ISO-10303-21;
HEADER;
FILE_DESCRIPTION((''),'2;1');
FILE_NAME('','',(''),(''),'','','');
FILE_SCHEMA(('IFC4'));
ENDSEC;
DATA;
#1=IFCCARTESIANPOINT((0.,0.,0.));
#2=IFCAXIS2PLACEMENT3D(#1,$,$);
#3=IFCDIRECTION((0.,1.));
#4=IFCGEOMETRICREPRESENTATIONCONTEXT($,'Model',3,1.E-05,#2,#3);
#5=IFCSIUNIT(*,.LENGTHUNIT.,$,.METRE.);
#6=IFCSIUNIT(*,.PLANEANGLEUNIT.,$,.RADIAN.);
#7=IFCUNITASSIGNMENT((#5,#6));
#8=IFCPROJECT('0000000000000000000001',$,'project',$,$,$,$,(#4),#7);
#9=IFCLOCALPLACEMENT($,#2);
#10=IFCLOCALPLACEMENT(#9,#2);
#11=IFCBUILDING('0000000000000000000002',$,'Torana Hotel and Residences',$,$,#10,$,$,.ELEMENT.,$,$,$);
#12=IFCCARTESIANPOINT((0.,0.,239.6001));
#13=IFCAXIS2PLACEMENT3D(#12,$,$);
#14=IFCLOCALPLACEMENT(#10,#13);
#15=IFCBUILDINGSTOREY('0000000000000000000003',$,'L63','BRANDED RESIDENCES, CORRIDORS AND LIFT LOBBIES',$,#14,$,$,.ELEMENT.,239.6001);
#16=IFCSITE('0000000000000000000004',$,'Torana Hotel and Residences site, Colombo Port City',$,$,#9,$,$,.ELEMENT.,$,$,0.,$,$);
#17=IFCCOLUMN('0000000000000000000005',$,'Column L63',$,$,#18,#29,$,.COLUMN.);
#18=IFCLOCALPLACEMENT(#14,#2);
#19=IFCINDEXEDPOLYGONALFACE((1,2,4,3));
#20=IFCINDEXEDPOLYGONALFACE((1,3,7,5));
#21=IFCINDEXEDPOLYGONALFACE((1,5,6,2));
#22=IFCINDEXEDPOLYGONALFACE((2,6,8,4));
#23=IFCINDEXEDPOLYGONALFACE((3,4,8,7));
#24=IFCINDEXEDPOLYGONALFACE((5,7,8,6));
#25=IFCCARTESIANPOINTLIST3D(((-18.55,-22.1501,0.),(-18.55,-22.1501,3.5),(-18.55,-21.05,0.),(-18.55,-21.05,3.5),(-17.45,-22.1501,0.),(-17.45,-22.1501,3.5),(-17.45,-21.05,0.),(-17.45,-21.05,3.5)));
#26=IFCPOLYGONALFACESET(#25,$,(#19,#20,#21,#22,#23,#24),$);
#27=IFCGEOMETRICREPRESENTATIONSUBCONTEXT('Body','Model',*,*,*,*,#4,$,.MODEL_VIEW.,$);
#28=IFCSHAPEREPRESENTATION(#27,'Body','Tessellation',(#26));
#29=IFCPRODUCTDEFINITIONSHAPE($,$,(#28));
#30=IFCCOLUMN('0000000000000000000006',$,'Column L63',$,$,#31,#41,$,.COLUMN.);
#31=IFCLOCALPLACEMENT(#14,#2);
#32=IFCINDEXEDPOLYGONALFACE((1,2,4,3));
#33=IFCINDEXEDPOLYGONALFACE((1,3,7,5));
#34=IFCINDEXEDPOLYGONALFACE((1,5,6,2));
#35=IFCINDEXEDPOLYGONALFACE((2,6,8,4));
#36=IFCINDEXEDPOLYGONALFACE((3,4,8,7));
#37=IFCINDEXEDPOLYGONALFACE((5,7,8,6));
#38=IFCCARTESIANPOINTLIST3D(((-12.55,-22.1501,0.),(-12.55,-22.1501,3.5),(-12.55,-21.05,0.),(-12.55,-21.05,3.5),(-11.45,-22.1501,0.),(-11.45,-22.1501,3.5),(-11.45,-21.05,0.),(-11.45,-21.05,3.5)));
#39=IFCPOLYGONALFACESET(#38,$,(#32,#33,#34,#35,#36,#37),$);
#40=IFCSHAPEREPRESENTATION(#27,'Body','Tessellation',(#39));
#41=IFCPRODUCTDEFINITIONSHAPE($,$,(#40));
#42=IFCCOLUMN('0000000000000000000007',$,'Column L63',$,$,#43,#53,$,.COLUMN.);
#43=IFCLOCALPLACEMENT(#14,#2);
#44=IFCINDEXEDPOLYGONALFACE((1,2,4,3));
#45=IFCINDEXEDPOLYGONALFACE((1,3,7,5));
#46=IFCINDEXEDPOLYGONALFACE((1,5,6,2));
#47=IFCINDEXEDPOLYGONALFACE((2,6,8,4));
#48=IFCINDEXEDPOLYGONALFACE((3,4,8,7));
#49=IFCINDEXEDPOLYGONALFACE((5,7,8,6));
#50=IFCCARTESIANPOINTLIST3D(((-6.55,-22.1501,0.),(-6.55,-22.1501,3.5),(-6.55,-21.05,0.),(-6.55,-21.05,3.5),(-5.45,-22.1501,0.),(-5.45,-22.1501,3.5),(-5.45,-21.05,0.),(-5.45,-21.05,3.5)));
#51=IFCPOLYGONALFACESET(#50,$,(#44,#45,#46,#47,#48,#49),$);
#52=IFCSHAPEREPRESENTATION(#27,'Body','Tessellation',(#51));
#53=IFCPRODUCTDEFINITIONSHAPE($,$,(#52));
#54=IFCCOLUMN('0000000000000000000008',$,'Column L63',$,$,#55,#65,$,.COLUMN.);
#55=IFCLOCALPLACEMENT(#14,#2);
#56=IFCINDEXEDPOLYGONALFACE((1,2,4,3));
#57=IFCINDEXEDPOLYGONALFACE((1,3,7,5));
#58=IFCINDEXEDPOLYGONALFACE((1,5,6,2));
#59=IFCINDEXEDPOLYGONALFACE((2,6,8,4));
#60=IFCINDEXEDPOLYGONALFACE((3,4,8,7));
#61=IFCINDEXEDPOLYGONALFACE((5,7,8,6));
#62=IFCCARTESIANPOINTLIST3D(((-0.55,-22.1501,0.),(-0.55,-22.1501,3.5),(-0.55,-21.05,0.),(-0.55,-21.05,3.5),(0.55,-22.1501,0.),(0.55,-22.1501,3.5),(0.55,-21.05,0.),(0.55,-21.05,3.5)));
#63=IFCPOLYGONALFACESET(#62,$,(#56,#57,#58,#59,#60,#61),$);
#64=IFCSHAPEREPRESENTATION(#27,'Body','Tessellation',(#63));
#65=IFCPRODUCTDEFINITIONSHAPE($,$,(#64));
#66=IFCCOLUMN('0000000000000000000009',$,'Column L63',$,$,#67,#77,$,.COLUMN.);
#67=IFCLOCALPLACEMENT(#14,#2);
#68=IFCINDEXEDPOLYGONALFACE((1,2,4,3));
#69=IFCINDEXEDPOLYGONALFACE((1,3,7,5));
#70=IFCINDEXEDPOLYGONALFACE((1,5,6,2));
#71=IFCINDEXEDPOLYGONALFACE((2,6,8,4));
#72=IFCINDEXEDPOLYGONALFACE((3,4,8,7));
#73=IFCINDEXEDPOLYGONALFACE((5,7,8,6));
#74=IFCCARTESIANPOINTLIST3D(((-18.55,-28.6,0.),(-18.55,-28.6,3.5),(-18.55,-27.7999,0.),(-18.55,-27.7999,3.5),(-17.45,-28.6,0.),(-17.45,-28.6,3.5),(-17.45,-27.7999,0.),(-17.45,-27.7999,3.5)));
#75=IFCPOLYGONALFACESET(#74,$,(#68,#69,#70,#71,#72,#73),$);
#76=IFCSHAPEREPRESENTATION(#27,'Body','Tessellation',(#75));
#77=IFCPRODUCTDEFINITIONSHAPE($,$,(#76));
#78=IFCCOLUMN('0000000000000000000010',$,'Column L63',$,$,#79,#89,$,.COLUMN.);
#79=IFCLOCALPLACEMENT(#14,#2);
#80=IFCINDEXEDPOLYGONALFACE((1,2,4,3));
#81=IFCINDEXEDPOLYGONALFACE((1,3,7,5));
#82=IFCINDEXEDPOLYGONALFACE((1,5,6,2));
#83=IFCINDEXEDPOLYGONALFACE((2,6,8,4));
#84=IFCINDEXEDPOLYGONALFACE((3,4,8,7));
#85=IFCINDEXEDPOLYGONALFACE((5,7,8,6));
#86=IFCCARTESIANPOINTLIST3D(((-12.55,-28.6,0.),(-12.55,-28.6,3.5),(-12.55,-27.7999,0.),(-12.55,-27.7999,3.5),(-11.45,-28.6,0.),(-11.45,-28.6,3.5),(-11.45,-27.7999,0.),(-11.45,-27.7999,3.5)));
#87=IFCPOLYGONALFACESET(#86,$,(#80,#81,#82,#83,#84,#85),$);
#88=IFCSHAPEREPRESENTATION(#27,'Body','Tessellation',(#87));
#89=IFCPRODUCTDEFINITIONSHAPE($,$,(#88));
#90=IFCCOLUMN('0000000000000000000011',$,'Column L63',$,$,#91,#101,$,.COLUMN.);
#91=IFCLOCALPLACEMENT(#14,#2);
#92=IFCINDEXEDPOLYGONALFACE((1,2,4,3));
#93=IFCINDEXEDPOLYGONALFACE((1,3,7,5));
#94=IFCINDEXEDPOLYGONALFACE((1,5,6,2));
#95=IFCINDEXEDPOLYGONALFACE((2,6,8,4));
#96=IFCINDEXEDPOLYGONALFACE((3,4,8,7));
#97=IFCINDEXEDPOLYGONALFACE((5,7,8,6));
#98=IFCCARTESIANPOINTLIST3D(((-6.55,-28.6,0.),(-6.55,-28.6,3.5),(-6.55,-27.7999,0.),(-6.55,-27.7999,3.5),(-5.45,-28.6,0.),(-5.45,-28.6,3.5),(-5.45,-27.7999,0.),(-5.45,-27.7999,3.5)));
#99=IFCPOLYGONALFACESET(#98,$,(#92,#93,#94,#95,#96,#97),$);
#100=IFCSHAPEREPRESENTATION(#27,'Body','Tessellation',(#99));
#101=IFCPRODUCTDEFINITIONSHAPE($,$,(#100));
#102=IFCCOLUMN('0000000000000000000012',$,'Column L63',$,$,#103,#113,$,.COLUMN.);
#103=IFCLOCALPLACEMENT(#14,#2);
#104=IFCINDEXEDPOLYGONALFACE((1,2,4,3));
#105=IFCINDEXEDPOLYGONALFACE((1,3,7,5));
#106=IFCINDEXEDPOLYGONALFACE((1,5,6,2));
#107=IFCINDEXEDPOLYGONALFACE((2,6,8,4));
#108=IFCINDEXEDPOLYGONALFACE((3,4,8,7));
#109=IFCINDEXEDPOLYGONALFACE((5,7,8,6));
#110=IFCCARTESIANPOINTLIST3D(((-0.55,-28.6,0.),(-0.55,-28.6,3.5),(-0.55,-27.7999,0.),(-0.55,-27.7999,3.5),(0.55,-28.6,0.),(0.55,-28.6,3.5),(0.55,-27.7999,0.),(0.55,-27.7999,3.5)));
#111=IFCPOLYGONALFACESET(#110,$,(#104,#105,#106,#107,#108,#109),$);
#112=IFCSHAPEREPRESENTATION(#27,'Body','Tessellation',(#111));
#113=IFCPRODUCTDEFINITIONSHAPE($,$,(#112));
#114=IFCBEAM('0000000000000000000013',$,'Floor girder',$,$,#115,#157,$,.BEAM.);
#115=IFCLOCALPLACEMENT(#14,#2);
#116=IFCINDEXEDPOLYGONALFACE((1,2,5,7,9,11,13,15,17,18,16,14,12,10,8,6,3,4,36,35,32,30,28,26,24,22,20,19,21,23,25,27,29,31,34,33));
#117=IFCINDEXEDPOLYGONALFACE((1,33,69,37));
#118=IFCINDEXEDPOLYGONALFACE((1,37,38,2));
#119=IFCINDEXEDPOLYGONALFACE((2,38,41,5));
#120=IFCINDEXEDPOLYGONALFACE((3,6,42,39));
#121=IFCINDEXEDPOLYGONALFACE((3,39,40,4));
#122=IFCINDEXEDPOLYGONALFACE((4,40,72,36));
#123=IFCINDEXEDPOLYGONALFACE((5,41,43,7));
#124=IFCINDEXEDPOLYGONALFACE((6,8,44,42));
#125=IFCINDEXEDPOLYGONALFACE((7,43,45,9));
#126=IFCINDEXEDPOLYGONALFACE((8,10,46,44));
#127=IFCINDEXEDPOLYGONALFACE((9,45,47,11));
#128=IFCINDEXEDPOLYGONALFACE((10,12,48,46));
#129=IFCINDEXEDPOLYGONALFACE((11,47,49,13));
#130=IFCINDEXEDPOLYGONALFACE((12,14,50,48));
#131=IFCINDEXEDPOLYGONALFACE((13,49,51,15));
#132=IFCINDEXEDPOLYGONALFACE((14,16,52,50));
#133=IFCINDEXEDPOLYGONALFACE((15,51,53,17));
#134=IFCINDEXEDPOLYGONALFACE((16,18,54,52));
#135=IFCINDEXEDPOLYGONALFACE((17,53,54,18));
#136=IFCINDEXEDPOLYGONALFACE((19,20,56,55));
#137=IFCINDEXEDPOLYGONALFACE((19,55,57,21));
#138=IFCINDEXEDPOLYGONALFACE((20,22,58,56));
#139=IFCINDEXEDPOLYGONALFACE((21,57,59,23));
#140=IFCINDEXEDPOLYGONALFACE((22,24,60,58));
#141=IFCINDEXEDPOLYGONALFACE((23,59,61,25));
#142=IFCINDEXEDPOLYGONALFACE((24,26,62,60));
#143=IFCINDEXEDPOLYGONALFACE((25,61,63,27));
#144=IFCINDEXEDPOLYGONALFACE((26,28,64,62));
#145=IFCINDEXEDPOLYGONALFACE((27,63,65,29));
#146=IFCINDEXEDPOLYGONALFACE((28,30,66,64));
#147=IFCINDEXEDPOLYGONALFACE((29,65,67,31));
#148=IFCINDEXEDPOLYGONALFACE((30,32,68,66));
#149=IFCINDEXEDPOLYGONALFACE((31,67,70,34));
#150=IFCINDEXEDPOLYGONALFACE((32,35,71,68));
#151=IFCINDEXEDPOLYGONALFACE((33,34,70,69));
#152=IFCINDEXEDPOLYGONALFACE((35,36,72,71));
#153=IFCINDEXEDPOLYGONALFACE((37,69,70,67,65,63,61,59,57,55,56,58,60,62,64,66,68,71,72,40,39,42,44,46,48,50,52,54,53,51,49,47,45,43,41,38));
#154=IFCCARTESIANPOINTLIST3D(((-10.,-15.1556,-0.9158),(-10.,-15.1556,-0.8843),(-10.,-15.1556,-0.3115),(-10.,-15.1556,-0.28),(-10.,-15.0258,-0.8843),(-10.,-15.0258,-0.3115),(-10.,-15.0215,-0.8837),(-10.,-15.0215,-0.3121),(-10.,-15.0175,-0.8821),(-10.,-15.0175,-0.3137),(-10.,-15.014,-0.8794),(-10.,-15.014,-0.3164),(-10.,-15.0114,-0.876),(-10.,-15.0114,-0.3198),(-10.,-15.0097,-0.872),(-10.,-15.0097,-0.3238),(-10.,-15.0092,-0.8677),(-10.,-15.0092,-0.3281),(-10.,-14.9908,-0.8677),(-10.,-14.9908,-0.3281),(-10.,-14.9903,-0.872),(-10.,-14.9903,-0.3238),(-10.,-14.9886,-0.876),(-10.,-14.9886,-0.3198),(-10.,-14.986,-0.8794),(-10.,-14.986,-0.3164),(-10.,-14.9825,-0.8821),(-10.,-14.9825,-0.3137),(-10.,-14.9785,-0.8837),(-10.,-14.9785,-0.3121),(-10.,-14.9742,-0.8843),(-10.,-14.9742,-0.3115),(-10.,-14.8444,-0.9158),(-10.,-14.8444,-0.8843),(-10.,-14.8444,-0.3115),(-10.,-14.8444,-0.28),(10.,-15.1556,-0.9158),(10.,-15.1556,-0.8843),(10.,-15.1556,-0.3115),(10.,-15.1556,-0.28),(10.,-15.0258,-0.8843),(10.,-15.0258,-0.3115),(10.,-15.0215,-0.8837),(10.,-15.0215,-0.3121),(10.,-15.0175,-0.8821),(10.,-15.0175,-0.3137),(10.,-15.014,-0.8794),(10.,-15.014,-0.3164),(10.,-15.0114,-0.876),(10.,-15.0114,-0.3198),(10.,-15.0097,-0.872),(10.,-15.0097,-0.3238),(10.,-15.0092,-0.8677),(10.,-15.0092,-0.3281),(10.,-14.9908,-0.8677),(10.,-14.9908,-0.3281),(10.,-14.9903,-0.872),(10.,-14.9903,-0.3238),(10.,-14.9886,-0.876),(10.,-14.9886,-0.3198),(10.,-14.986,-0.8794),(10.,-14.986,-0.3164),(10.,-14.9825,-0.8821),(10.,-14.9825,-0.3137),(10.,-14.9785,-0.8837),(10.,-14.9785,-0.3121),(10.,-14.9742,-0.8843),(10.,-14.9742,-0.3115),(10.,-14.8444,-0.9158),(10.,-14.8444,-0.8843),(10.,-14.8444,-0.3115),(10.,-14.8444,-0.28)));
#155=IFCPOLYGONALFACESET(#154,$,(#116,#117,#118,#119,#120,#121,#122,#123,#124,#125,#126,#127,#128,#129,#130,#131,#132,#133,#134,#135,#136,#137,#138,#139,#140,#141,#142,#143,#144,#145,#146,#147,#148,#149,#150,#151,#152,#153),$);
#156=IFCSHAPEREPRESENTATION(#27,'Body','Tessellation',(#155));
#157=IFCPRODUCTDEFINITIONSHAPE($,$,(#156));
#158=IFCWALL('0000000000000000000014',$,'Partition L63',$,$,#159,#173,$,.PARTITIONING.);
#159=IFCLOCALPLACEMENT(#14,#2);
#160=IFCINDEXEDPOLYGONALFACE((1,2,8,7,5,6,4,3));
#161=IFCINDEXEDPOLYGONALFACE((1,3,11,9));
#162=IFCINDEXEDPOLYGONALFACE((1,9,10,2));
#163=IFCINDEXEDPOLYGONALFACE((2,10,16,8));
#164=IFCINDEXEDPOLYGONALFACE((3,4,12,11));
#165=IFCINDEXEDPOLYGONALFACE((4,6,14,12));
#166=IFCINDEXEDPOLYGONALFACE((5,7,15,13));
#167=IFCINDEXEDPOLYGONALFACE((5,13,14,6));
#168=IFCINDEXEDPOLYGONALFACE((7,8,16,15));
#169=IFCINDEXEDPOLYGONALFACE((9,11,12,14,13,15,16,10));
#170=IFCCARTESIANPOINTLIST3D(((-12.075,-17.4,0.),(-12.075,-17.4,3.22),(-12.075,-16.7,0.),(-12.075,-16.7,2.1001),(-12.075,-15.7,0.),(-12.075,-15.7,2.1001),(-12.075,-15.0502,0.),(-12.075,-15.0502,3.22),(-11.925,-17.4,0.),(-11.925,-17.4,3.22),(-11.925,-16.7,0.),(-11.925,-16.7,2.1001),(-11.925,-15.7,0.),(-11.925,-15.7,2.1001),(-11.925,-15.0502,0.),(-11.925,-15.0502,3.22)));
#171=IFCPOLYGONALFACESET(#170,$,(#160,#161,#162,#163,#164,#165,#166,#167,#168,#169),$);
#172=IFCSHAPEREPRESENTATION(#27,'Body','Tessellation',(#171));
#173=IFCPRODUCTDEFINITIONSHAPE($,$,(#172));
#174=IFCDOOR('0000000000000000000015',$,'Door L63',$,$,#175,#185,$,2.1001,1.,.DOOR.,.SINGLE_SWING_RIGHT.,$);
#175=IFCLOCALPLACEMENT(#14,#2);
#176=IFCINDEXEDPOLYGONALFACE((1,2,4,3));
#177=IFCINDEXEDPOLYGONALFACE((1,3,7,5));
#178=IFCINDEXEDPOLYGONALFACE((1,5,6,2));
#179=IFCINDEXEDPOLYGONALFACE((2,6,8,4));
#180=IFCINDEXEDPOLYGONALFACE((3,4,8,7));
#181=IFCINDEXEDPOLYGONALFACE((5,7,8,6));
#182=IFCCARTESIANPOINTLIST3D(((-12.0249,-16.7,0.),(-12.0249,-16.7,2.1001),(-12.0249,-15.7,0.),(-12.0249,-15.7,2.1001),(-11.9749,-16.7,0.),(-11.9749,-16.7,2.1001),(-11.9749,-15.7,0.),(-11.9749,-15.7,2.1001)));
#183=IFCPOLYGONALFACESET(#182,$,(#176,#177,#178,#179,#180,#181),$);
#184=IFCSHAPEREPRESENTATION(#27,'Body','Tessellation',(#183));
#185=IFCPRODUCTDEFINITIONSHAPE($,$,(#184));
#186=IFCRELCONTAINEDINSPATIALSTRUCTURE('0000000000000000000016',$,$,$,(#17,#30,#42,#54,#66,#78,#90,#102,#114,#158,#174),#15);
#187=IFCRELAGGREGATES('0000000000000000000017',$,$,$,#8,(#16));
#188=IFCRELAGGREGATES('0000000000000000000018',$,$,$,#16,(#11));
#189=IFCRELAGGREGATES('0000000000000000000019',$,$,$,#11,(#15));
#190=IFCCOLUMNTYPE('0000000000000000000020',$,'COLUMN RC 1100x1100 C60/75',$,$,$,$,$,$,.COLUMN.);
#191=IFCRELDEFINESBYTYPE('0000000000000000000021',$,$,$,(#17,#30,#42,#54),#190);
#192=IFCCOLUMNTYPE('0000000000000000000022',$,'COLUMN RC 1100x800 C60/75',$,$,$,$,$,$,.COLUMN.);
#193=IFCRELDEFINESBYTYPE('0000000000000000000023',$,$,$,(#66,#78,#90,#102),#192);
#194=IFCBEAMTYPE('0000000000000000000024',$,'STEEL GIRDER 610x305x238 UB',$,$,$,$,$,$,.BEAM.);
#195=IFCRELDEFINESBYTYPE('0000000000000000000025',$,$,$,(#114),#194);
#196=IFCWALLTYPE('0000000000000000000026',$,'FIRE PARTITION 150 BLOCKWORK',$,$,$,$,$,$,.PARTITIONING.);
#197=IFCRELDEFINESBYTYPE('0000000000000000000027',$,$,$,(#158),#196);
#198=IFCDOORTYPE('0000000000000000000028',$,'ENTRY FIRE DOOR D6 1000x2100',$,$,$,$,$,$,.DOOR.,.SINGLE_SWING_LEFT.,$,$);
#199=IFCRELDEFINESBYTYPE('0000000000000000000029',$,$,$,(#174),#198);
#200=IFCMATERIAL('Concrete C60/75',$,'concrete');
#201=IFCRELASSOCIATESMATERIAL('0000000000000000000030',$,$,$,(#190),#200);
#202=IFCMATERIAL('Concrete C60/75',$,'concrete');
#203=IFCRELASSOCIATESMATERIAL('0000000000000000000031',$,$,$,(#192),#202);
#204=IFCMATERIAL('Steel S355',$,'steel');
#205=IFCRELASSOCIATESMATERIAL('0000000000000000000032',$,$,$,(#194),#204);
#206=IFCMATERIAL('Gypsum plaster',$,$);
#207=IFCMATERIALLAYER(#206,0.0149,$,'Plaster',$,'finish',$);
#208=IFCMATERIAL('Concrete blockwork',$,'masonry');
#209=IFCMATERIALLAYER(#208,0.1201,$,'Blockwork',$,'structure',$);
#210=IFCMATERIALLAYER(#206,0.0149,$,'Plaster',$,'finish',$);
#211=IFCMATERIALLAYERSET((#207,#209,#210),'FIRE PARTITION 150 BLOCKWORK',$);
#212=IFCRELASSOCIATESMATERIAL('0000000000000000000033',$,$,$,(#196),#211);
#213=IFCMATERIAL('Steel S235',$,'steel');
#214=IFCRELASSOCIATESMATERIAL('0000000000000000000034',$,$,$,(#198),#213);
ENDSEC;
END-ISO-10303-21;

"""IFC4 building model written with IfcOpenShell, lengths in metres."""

from ifc_helpers import new_model, si_unit, direction, frame, frame_2d, origin, origin_2d, place, context, subcontext, project, spatial, rectangle, i_section, extrude, material, layer, layer_set, material_profile, profile_set, type_object, element, fill, save


model = new_model("IFC4")

# Units and contexts
model_context = context("Model", 3, precision=1e-05, world=origin(), true_north=direction((0.0, 1.0)))
body_context = subcontext(model_context, "Body", "Model", "MODEL_VIEW")
ifc_project = project(units=[si_unit("LENGTHUNIT", "METRE"), si_unit("PLANEANGLEUNIT", "RADIAN")], contexts=[model_context])

# Site, building, storey
site_placement = place(None, origin())
site = spatial("IfcSite", under=ifc_project, at=site_placement, Name="Torana Hotel and Residences site, Colombo Port City", CompositionType="ELEMENT", RefElevation=0.0)
building_placement = place(site_placement, origin())
building = spatial("IfcBuilding", under=site, at=building_placement, Name="Torana Hotel and Residences", CompositionType="ELEMENT")
storey_placement = place(building_placement, frame((0.0, 0.0, 239.6001)))
storey = spatial("IfcBuildingStorey", under=building, at=storey_placement, Name="L63", Description="BRANDED RESIDENCES, CORRIDORS AND LIFT LOBBIES", CompositionType="ELEMENT", Elevation=239.6001)

# Columns
ifc_material_1 = material(Name="Concrete C60/75", Category="concrete")
ifc_material_profile_1 = material_profile(ifc_material_1, rectangle(XDim=1.1001, YDim=1.1001, at=origin_2d()), Name="RC 1100x1100")
ifc_profile_set_1 = profile_set([ifc_material_profile_1], Name="Concrete C60/75")
column_type_1 = type_object("IfcColumnType", Name="COLUMN RC 1100x1100 C60/75", PredefinedType="COLUMN", material=ifc_profile_set_1)
for number, where, z_axis, x_axis, name in (
    (1, (-18.0, -21.6001, 0.0), (0.0, 0.0, 1.0), (1.0, 0.0, 0.0), "Column L63"),
    (2, (-12.0, -21.6001, 0.0), (0.0, 0.0, 1.0), (1.0, 0.0, 0.0), "Column L63"),
    (3, (-6.0, -21.6001, 0.0), (0.0, 0.0, 1.0), (1.0, 0.0, 0.0), "Column L63"),
    (4, (0.0, -21.6001, 0.0), (0.0, 0.0, 1.0), (1.0, 0.0, 0.0), "Column L63"),
):
    element("IfcColumn", number, at=place(storey_placement, frame(where, z_axis=z_axis, x_axis=x_axis)), inside=storey, type_object=column_type_1, Name=name, PredefinedType="COLUMN", context=body_context, shape_type="SweptSolid", body=[
        extrude(rectangle(XDim=1.1001, YDim=1.1001, at=origin_2d()), origin(), (0.0, 0.0, 1.0), 3.5),
    ])
ifc_material_2 = material(Name="Concrete C60/75", Category="concrete")
ifc_material_profile_2 = material_profile(ifc_material_2, rectangle(XDim=1.1001, YDim=0.8, at=origin_2d()), Name="RC 1100x800")
ifc_profile_set_2 = profile_set([ifc_material_profile_2], Name="Concrete C60/75")
column_type_2 = type_object("IfcColumnType", Name="COLUMN RC 1100x800 C60/75", PredefinedType="COLUMN", material=ifc_profile_set_2)
for number, where, z_axis, x_axis, name in (
    (5, (-18.0, -28.2, 0.0), (0.0, 0.0, 1.0), (1.0, 0.0, 0.0), "Column L63"),
    (6, (-12.0, -28.2, 0.0), (0.0, 0.0, 1.0), (1.0, 0.0, 0.0), "Column L63"),
    (7, (-6.0, -28.2, 0.0), (0.0, 0.0, 1.0), (1.0, 0.0, 0.0), "Column L63"),
    (8, (0.0, -28.2, 0.0), (0.0, 0.0, 1.0), (1.0, 0.0, 0.0), "Column L63"),
):
    element("IfcColumn", number, at=place(storey_placement, frame(where, z_axis=z_axis, x_axis=x_axis)), inside=storey, type_object=column_type_2, Name=name, PredefinedType="COLUMN", context=body_context, shape_type="SweptSolid", body=[
        extrude(rectangle(XDim=1.1001, YDim=0.8, at=origin_2d()), origin(), (0.0, 0.0, 1.0), 3.5),
    ])

# Beam
ifc_material_3 = material(Name="Steel S355", Category="steel")
ifc_material_profile_3 = material_profile(ifc_material_3, i_section(OverallWidth=0.3113, OverallDepth=0.6357, WebThickness=0.0183, FlangeThickness=0.0315, FilletRadius=0.0166, at=origin_2d()), Name="610x305x238 UB")
ifc_profile_set_3 = profile_set([ifc_material_profile_3], Name="Steel S355")
beam_type = type_object("IfcBeamType", Name="STEEL GIRDER 610x305x238 UB", PredefinedType="BEAM", material=ifc_profile_set_3)
beam_placement = place(storey_placement, frame((-10.0, -15.0, -0.5979), z_axis=(1.0, 0.0, 0.0), x_axis=(0.0, 1.0, 0.0)))
element("IfcBeam", 9, at=beam_placement, inside=storey, type_object=beam_type, Name="Floor girder", PredefinedType="BEAM", context=body_context, shape_type="SweptSolid", body=[
    extrude(i_section(OverallWidth=0.3113, OverallDepth=0.6357, WebThickness=0.0183, FlangeThickness=0.0315, FilletRadius=0.0166, at=origin_2d()), origin(), (0.0, 0.0, 1.0), 20.0),
])

# Wall, opening, door
ifc_material_4 = material(Name="Gypsum plaster")
ifc_layer_1 = layer(ifc_material_4, 0.0149, Name="Plaster", Category="finish")
ifc_material_5 = material(Name="Concrete blockwork", Category="masonry")
ifc_layer_2 = layer(ifc_material_5, 0.1201, Name="Blockwork", Category="structure")
ifc_layer_3 = layer(ifc_material_4, 0.0149, Name="Plaster", Category="finish")
ifc_layer_set_1 = layer_set([ifc_layer_1, ifc_layer_2, ifc_layer_3], Name="FIRE PARTITION 150 BLOCKWORK")
wall_type_1 = type_object("IfcWallType", Name="FIRE PARTITION 150 BLOCKWORK", PredefinedType="PARTITIONING", material=ifc_layer_set_1)
wall_1_placement = place(storey_placement, frame((-12.0, -17.3999, 0.0), z_axis=(0.0, 0.0, 1.0), x_axis=(0.0, 1.0, 0.0)))
wall_1 = element("IfcWall", 10, at=wall_1_placement, inside=storey, type_object=wall_type_1, Name="Partition L63", PredefinedType="PARTITIONING", context=body_context, shape_type="SweptSolid", body=[
    extrude(rectangle(XDim=2.3499, YDim=0.1499, at=frame_2d((1.1748, 0.0))), origin(), (0.0, 0.0, 1.0), 3.22),
])
opening_1_placement = place(wall_1_placement, frame((0.7, 0.0, 0.0)))
opening_1 = element("IfcOpeningElement", 11, at=opening_1_placement, cuts=wall_1, PredefinedType="OPENING", context=body_context, shape_type="SweptSolid", body=[
    extrude(rectangle(XDim=1.0, YDim=2.1001, at=frame_2d((0.5, 1.05))), frame((0.0, 0.085, 0.0), z_axis=(0.0, -1.0, 0.0), x_axis=(1.0, 0.0, 0.0)), (0.0, 0.0, 1.0), 0.1699),
])
ifc_material_6 = material(Name="Steel S235", Category="steel")
door_type_1 = type_object("IfcDoorType", Name="ENTRY FIRE DOOR D6 1000x2100", OperationType="SINGLE_SWING_LEFT", PredefinedType="DOOR", material=ifc_material_6)
door_1_placement = place(opening_1_placement, origin())
door_1 = element("IfcDoor", 12, at=door_1_placement, inside=storey, type_object=door_type_1, Name="Door L63", OperationType="SINGLE_SWING_RIGHT", OverallHeight=2.1001, OverallWidth=1.0, PredefinedType="DOOR", context=body_context, shape_type="SweptSolid", body=[
    extrude(rectangle(XDim=1.0, YDim=2.1001, at=frame_2d((0.5, 1.05))), frame((0.0, 0.0249, 0.0), z_axis=(0.0, -1.0, 0.0), x_axis=(1.0, 0.0, 0.0)), (0.0, 0.0, 1.0), 0.05),
])
fill(opening_1, door_1)

save(model, "model.ifc")
